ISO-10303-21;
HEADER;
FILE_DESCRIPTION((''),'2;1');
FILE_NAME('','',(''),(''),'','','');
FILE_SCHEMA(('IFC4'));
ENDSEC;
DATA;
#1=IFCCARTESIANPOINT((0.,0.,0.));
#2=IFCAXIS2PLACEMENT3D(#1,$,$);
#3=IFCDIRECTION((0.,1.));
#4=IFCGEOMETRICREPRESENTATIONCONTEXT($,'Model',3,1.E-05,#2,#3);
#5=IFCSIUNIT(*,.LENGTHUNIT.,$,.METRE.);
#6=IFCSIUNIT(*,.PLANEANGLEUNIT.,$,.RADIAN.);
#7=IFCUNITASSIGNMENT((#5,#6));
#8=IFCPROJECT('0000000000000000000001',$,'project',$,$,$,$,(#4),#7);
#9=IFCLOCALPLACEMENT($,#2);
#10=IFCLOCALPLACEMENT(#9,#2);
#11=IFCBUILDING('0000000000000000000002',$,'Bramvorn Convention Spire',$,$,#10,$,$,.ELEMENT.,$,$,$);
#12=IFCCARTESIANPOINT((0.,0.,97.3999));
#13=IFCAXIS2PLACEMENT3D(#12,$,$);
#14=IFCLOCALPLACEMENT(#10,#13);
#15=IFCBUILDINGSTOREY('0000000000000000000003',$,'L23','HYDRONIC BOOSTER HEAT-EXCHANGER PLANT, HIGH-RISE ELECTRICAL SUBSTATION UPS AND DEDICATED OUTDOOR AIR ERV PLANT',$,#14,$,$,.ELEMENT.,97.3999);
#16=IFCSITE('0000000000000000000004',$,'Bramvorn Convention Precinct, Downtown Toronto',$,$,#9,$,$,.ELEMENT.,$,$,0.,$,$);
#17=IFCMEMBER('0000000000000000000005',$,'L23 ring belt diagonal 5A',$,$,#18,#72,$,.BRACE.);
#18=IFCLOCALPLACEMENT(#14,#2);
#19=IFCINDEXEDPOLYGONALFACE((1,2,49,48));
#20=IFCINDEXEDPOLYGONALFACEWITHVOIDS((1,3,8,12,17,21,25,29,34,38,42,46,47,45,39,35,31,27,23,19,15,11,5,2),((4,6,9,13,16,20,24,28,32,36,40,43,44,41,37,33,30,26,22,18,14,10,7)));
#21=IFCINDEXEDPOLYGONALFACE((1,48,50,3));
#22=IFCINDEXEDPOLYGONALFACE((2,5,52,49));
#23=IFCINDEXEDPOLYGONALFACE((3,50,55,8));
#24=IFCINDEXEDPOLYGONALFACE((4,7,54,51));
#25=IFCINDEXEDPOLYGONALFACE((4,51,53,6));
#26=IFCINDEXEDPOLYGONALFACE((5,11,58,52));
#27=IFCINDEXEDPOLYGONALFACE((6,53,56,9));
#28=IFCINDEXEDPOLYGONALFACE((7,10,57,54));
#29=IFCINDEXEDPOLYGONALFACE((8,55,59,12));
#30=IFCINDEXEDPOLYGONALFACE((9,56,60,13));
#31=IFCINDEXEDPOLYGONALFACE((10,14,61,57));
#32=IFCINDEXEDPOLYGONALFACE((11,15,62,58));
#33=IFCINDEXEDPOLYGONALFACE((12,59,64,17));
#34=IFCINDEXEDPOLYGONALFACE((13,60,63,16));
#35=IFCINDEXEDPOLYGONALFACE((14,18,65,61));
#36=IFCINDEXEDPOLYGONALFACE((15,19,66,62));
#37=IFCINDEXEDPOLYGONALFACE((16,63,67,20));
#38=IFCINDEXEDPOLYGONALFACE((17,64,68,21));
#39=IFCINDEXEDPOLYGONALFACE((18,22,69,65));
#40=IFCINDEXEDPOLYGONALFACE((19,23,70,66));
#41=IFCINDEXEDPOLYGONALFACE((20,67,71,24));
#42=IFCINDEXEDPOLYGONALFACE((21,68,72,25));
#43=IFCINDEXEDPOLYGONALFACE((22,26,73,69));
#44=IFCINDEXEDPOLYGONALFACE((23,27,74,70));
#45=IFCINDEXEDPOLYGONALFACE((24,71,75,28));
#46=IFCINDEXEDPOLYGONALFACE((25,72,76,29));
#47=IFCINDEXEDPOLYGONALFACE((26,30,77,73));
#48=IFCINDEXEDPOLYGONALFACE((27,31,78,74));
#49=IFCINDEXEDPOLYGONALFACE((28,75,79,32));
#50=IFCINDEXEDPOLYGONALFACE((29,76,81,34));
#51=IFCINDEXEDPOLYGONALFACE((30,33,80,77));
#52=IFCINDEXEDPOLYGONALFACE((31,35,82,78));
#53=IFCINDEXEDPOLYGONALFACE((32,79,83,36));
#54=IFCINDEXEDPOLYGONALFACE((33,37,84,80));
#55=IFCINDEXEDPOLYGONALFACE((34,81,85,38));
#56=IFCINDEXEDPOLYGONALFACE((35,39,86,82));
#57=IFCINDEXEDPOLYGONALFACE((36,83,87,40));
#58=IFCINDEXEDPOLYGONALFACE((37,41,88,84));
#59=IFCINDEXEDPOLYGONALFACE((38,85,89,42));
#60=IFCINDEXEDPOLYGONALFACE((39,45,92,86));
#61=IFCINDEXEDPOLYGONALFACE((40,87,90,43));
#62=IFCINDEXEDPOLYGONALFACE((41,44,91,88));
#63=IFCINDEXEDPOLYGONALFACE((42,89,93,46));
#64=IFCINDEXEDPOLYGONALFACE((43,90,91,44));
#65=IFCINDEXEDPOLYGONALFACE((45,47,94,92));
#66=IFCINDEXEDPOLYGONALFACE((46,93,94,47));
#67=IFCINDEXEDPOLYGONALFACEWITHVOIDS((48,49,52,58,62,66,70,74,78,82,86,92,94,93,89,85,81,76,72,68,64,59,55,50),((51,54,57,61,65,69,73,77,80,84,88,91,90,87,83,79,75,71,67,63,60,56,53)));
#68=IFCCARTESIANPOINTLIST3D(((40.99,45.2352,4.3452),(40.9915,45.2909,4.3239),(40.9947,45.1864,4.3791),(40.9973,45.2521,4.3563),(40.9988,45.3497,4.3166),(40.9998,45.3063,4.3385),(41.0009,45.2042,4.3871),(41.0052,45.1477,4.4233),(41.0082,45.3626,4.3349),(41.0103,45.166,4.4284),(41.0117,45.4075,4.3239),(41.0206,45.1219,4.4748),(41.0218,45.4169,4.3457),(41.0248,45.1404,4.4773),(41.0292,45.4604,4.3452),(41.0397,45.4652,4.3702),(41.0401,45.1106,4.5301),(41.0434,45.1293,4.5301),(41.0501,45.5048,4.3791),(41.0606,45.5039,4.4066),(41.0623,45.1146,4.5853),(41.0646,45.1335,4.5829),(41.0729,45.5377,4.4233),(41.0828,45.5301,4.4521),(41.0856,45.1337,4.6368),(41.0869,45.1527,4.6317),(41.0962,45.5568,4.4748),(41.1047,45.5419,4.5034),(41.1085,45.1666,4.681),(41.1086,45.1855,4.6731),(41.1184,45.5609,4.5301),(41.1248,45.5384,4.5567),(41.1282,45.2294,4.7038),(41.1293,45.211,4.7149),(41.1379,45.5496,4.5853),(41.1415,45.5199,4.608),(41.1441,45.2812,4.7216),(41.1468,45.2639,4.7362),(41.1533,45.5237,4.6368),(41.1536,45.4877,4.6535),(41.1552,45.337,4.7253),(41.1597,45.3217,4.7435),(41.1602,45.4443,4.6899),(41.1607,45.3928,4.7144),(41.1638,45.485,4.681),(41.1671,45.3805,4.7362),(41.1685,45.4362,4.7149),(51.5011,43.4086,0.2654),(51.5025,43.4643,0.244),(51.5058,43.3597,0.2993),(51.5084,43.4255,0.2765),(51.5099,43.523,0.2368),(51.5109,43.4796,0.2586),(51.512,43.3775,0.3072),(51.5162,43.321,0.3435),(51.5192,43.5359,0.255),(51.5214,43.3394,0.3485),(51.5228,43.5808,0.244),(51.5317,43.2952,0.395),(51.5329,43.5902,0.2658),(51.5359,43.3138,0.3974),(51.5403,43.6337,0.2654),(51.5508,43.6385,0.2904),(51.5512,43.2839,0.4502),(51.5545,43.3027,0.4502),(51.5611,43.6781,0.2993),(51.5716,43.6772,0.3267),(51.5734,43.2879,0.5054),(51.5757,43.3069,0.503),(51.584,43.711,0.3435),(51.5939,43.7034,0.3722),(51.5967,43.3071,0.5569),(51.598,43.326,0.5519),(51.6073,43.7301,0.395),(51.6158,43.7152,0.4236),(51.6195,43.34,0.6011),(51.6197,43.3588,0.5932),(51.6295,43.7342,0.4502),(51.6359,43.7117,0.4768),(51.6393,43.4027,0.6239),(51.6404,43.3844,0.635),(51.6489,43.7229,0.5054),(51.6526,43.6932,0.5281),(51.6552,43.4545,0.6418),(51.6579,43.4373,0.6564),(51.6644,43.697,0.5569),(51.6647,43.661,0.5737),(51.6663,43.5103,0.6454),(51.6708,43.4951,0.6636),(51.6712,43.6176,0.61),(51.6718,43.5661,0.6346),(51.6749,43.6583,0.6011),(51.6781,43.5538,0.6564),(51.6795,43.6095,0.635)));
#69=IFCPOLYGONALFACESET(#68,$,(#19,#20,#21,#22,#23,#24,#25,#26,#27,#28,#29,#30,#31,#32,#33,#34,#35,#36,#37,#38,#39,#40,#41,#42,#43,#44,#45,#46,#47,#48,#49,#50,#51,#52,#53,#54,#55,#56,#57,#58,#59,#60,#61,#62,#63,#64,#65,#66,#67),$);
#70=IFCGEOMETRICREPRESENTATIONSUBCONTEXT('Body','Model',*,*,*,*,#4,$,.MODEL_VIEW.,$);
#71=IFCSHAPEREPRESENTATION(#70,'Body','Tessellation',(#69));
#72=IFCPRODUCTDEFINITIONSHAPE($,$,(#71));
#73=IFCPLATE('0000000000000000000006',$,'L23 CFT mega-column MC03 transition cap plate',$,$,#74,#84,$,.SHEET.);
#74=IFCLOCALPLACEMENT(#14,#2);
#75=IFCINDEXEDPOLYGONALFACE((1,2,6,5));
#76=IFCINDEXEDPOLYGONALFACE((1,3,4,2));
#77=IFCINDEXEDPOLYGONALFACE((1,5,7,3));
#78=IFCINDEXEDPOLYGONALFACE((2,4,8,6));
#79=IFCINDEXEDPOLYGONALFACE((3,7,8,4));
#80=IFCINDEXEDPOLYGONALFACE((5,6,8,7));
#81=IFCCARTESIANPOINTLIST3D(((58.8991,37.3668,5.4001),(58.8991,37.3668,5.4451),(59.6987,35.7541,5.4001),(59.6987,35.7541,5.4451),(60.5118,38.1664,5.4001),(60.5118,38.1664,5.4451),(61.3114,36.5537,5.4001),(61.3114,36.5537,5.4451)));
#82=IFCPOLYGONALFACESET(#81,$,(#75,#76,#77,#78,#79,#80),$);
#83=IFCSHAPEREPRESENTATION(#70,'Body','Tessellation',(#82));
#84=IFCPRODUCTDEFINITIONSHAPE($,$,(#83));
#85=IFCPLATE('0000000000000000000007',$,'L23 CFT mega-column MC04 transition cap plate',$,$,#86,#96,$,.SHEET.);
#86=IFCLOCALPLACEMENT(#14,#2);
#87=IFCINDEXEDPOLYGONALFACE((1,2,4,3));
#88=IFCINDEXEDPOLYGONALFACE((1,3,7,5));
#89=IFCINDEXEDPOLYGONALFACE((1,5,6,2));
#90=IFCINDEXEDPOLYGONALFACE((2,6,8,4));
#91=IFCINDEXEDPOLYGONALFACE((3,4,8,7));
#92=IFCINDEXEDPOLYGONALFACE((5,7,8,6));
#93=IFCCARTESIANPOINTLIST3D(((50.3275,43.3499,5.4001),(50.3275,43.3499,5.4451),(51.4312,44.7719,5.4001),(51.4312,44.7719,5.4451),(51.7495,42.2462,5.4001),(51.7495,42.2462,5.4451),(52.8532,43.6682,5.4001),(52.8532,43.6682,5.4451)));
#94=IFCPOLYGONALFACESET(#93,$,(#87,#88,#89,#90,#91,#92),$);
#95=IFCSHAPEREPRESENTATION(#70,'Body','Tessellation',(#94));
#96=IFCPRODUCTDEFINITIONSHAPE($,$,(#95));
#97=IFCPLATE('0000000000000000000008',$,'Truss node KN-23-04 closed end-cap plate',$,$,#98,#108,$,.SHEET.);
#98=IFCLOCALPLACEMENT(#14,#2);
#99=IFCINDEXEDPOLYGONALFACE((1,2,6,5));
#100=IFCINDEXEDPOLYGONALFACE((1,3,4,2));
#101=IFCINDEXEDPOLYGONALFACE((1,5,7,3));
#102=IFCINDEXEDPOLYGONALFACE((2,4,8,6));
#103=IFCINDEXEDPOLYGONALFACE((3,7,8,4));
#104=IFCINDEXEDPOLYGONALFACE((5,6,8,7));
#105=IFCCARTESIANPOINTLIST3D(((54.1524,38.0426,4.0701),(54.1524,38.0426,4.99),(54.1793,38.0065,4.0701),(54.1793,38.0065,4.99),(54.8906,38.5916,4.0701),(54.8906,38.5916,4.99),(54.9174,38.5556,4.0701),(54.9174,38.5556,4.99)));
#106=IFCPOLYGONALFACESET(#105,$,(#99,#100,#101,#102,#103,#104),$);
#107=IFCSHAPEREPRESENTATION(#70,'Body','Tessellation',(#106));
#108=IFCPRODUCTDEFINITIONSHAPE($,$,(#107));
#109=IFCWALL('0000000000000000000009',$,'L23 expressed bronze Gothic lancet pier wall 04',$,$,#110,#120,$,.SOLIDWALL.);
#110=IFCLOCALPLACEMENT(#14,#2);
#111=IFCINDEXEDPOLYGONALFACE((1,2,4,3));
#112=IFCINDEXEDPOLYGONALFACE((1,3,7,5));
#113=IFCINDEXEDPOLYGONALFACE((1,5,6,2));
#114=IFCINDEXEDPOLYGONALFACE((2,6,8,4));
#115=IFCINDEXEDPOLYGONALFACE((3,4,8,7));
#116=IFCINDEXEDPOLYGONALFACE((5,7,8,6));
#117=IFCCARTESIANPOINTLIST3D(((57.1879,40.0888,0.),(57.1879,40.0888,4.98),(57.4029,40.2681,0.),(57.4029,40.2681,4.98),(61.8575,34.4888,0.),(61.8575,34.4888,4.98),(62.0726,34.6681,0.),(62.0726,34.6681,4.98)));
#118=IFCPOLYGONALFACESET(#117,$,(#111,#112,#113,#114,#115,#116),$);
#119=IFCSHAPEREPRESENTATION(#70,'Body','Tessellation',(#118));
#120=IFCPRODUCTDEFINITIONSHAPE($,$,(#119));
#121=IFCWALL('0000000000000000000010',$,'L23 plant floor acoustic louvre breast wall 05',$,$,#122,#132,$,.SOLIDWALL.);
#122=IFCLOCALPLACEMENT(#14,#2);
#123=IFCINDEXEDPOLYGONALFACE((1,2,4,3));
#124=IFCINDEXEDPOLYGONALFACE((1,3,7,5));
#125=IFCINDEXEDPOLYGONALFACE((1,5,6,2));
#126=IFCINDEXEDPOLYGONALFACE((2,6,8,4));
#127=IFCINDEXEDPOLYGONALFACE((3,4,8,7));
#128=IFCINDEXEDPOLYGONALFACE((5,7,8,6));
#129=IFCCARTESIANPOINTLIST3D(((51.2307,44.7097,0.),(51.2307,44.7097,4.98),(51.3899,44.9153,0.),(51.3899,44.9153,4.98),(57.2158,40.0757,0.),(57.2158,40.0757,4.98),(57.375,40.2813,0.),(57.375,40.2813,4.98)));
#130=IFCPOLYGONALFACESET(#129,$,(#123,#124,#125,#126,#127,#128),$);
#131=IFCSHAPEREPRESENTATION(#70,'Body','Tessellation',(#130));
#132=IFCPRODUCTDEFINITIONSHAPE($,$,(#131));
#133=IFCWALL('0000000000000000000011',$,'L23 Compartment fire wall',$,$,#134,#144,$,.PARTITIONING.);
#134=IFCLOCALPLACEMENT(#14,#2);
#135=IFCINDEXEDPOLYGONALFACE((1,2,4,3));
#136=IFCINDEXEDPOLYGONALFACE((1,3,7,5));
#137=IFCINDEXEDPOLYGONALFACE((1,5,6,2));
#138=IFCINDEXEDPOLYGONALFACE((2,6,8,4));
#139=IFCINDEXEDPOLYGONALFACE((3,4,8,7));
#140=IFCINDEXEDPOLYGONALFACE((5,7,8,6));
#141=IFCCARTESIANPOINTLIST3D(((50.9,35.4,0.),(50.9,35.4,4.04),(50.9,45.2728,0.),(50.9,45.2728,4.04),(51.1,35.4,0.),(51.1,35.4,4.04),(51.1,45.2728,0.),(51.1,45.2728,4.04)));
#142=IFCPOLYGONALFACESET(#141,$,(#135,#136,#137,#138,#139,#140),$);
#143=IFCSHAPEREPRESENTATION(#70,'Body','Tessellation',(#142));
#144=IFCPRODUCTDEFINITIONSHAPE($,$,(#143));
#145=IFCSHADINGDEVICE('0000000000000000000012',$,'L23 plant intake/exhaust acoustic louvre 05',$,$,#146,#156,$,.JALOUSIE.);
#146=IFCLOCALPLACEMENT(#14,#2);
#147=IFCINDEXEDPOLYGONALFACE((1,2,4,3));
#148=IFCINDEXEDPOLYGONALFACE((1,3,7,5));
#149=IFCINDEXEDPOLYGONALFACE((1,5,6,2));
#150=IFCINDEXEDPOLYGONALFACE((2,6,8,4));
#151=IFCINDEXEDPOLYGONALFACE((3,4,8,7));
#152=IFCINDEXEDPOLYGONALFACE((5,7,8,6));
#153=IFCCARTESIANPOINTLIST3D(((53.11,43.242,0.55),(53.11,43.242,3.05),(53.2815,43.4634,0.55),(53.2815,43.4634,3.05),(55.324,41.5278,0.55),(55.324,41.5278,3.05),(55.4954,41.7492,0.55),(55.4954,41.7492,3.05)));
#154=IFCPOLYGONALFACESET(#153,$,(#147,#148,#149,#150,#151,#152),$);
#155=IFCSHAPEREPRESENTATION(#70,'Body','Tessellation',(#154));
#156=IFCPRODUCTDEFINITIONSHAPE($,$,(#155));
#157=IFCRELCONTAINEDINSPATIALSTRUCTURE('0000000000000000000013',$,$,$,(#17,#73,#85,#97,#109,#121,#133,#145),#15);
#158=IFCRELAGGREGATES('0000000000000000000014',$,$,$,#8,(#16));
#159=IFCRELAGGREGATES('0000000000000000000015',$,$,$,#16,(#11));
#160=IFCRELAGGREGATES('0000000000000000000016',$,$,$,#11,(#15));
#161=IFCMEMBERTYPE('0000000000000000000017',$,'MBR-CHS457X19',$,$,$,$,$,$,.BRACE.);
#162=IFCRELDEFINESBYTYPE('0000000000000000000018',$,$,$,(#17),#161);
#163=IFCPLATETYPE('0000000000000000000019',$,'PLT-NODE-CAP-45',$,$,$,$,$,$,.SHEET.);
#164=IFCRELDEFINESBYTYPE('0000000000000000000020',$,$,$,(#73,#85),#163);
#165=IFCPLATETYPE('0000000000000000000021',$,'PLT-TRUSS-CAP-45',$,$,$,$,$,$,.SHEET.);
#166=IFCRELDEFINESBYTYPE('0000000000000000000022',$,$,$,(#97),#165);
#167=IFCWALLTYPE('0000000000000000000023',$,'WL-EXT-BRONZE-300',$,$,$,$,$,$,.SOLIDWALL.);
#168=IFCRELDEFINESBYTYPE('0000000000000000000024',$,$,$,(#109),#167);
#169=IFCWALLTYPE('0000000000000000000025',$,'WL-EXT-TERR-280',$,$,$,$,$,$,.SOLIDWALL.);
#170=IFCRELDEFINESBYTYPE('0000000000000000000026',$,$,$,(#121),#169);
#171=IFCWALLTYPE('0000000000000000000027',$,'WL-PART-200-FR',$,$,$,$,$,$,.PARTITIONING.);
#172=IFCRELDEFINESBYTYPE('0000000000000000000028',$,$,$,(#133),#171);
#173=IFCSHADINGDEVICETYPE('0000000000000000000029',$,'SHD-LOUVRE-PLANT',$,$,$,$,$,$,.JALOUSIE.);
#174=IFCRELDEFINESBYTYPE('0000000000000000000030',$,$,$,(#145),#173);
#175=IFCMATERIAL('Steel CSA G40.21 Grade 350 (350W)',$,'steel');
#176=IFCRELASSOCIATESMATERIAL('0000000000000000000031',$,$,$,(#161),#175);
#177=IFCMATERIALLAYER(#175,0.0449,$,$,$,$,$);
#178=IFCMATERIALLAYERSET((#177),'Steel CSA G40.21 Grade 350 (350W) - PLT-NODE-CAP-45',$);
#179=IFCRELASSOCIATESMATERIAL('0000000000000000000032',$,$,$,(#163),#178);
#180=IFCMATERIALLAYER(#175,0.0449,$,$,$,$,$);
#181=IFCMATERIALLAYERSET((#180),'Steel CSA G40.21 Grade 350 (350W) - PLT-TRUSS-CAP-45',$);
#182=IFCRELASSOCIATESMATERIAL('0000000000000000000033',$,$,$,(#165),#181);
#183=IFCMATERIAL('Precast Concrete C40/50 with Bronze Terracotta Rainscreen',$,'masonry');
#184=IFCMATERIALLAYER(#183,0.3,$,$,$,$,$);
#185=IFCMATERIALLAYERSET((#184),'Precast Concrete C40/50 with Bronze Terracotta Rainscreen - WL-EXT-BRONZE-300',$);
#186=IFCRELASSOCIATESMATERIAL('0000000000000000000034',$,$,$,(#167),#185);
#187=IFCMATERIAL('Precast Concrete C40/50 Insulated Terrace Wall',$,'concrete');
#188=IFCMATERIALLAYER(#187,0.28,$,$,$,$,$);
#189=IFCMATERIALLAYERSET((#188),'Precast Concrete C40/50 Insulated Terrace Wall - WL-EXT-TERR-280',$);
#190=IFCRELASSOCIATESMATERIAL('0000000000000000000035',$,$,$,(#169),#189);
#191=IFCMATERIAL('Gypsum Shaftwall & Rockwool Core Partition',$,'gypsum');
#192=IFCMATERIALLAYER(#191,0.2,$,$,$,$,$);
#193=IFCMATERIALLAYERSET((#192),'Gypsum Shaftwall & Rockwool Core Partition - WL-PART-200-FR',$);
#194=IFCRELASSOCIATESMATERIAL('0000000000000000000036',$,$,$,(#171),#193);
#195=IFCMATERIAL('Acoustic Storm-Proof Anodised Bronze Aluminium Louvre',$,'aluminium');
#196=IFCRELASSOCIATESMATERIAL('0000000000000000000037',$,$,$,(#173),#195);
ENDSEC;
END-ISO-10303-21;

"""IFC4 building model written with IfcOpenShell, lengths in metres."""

from ifc_helpers import new_model, si_unit, direction, frame, frame_2d, origin, origin_2d, place, context, subcontext, project, spatial, rectangle, hollow_circle, extrude, material, layer, layer_set, material_profile, profile_set, type_object, element, save


model = new_model("IFC4")

# Units and contexts
model_context = context("Model", 3, precision=1e-05, world=origin(), true_north=direction((0.0, 1.0)))
body_context = subcontext(model_context, "Body", "Model", "MODEL_VIEW")
ifc_project = project(units=[si_unit("LENGTHUNIT", "METRE"), si_unit("PLANEANGLEUNIT", "RADIAN")], contexts=[model_context])

# Site, building, storey
site_placement = place(None, origin())
site = spatial("IfcSite", under=ifc_project, at=site_placement, Name="Bramvorn Convention Precinct, Downtown Toronto", CompositionType="ELEMENT", RefElevation=0.0)
building_placement = place(site_placement, origin())
building = spatial("IfcBuilding", under=site, at=building_placement, Name="Bramvorn Convention Spire", CompositionType="ELEMENT")
storey_placement = place(building_placement, frame((0.0, 0.0, 97.3999)))
storey = spatial("IfcBuildingStorey", under=building, at=storey_placement, Name="L23", Description="HYDRONIC BOOSTER HEAT-EXCHANGER PLANT, HIGH-RISE ELECTRICAL SUBSTATION UPS AND DEDICATED OUTDOOR AIR ERV PLANT", CompositionType="ELEMENT", Elevation=97.3999)

# Shared definitions
ifc_material_1 = material(Name="Steel CSA G40.21 Grade 350 (350W)", Category="steel")

# Member
ifc_material_profile_1 = material_profile(ifc_material_1, hollow_circle(Radius=0.2285, WallThickness=0.019, at=origin_2d()))
ifc_profile_set_1 = profile_set([ifc_material_profile_1], Name="Steel CSA G40.21 Grade 350 (350W) - CHS457X19")
member_type_1 = type_object("IfcMemberType", Name="MBR-CHS457X19", PredefinedType="BRACE", material=ifc_profile_set_1)
member_1_placement = place(storey_placement, frame((51.5903, 43.509, 0.4502), z_axis=(-0.920239, 0.159924, 0.35719), x_axis=(-0.171219, -0.985233, 0.0)))
element("IfcMember", 1, at=member_1_placement, inside=storey, type_object=member_type_1, Name="L23 ring belt diagonal 5A", PredefinedType="BRACE", context=body_context, shape_type="SweptSolid", body=[
    extrude(hollow_circle(Radius=0.2285, WallThickness=0.019, at=origin_2d()), origin(), (0.0, 0.0, 1.0), 11.4221),
])

# Plates
ifc_layer_1 = layer(ifc_material_1, 0.0449)
ifc_layer_set_1 = layer_set([ifc_layer_1], Name="Steel CSA G40.21 Grade 350 (350W) - PLT-NODE-CAP-45")
plate_type_1 = type_object("IfcPlateType", Name="PLT-NODE-CAP-45", PredefinedType="SHEET", material=ifc_layer_set_1)
for number, where, z_axis, x_axis, name in (
    (2, (60.1052, 36.9602, 5.4001), (0.0, 0.0, 1.0), (0.89592, 0.444215, 0.0), "L23 CFT mega-column MC03 transition cap plate"),
    (3, (51.5903, 43.509, 5.4001), (0.0, 0.0, 1.0), (0.613158, 0.78996, 0.0), "L23 CFT mega-column MC04 transition cap plate"),
):
    element("IfcPlate", number, at=place(storey_placement, frame(where, z_axis=z_axis, x_axis=x_axis)), inside=storey, type_object=plate_type_1, Name=name, PredefinedType="SHEET", context=body_context, shape_type="SweptSolid", body=[
        extrude(rectangle(XDim=1.8, YDim=1.8, at=origin_2d()), origin(), (0.0, 0.0, 1.0), 0.0449),
    ])
ifc_layer_2 = layer(ifc_material_1, 0.0449)
ifc_layer_set_2 = layer_set([ifc_layer_2], Name="Steel CSA G40.21 Grade 350 (350W) - PLT-TRUSS-CAP-45")
plate_type_2 = type_object("IfcPlateType", Name="PLT-TRUSS-CAP-45", PredefinedType="SHEET", material=ifc_layer_set_2)
plate_placement = place(storey_placement, frame((54.5349, 38.2991, 4.0701), z_axis=(0.0, 0.0, 1.0), x_axis=(0.802372, 0.596824, 0.0)))
element("IfcPlate", 4, at=plate_placement, inside=storey, type_object=plate_type_2, Name="Truss node KN-23-04 closed end-cap plate", PredefinedType="SHEET", context=body_context, shape_type="SweptSolid", body=[
    extrude(rectangle(XDim=0.9199, YDim=0.0449, at=origin_2d()), origin(), (0.0, 0.0, 1.0), 0.9199),
])

# Walls
ifc_material_2 = material(Name="Precast Concrete C40/50 with Bronze Terracotta Rainscreen", Category="masonry")
ifc_layer_3 = layer(ifc_material_2, 0.3)
ifc_layer_set_3 = layer_set([ifc_layer_3], Name="Precast Concrete C40/50 with Bronze Terracotta Rainscreen - WL-EXT-BRONZE-300")
wall_type_1 = type_object("IfcWallType", Name="WL-EXT-BRONZE-300", PredefinedType="SOLIDWALL", material=ifc_layer_set_3)
wall_1_placement = place(storey_placement, frame((57.2954, 40.1785, 0.0), z_axis=(0.0, 0.0, 1.0), x_axis=(0.640421, -0.768024, 0.0)))
element("IfcWall", 5, at=wall_1_placement, inside=storey, type_object=wall_type_1, Name="L23 expressed bronze Gothic lancet pier wall 04", PredefinedType="SOLIDWALL", context=body_context, shape_type="SweptSolid", body=[
    extrude(rectangle(XDim=7.2915, YDim=0.28, at=frame_2d((3.6458, 0.0))), origin(), (0.0, 0.0, 1.0), 4.98),
])
ifc_material_3 = material(Name="Precast Concrete C40/50 Insulated Terrace Wall", Category="concrete")
ifc_layer_4 = layer(ifc_material_3, 0.28)
ifc_layer_set_4 = layer_set([ifc_layer_4], Name="Precast Concrete C40/50 Insulated Terrace Wall - WL-EXT-TERR-280")
wall_type_2 = type_object("IfcWallType", Name="WL-EXT-TERR-280", PredefinedType="SOLIDWALL", material=ifc_layer_set_4)
wall_2_placement = place(storey_placement, frame((51.3103, 44.8125, 0.0), z_axis=(0.0, 0.0, 1.0), x_axis=(0.790698, -0.612206, 0.0)))
element("IfcWall", 6, at=wall_2_placement, inside=storey, type_object=wall_type_2, Name="L23 plant floor acoustic louvre breast wall 05", PredefinedType="SOLIDWALL", context=body_context, shape_type="SweptSolid", body=[
    extrude(rectangle(XDim=7.5693, YDim=0.26, at=frame_2d((3.7847, 0.0))), origin(), (0.0, 0.0, 1.0), 4.98),
])
ifc_material_4 = material(Name="Gypsum Shaftwall & Rockwool Core Partition", Category="gypsum")
ifc_layer_5 = layer(ifc_material_4, 0.2)
ifc_layer_set_5 = layer_set([ifc_layer_5], Name="Gypsum Shaftwall & Rockwool Core Partition - WL-PART-200-FR")
wall_type_3 = type_object("IfcWallType", Name="WL-PART-200-FR", PredefinedType="PARTITIONING", material=ifc_layer_set_5)
wall_3_placement = place(storey_placement, frame((51.0, 35.3999, 0.0), z_axis=(0.0, 0.0, 1.0), x_axis=(0.0, 1.0, 0.0)))
element("IfcWall", 7, at=wall_3_placement, inside=storey, type_object=wall_type_3, Name="L23 Compartment fire wall", PredefinedType="PARTITIONING", context=body_context, shape_type="SweptSolid", body=[
    extrude(rectangle(XDim=9.8728, YDim=0.2, at=frame_2d((4.9365, 0.0))), origin(), (0.0, 0.0, 1.0), 4.04),
])

# Shading device
ifc_material_5 = material(Name="Acoustic Storm-Proof Anodised Bronze Aluminium Louvre", Category="aluminium")
shading_device_type = type_object("IfcShadingDeviceType", Name="SHD-LOUVRE-PLANT", PredefinedType="JALOUSIE", material=ifc_material_5)
shading_device_placement = place(storey_placement, frame((54.3027, 42.4956, 0.55), z_axis=(0.0, 0.0, 1.0), x_axis=(0.79069, -0.612217, 0.0)))
element("IfcShadingDevice", 8, at=shading_device_placement, inside=storey, type_object=shading_device_type, Name="L23 plant intake/exhaust acoustic louvre 05", PredefinedType="JALOUSIE", context=body_context, shape_type="SweptSolid", body=[
    extrude(rectangle(XDim=2.8, YDim=0.28, at=origin_2d()), origin(), (0.0, 0.0, 1.0), 2.5),
])

save(model, "model.ifc")
